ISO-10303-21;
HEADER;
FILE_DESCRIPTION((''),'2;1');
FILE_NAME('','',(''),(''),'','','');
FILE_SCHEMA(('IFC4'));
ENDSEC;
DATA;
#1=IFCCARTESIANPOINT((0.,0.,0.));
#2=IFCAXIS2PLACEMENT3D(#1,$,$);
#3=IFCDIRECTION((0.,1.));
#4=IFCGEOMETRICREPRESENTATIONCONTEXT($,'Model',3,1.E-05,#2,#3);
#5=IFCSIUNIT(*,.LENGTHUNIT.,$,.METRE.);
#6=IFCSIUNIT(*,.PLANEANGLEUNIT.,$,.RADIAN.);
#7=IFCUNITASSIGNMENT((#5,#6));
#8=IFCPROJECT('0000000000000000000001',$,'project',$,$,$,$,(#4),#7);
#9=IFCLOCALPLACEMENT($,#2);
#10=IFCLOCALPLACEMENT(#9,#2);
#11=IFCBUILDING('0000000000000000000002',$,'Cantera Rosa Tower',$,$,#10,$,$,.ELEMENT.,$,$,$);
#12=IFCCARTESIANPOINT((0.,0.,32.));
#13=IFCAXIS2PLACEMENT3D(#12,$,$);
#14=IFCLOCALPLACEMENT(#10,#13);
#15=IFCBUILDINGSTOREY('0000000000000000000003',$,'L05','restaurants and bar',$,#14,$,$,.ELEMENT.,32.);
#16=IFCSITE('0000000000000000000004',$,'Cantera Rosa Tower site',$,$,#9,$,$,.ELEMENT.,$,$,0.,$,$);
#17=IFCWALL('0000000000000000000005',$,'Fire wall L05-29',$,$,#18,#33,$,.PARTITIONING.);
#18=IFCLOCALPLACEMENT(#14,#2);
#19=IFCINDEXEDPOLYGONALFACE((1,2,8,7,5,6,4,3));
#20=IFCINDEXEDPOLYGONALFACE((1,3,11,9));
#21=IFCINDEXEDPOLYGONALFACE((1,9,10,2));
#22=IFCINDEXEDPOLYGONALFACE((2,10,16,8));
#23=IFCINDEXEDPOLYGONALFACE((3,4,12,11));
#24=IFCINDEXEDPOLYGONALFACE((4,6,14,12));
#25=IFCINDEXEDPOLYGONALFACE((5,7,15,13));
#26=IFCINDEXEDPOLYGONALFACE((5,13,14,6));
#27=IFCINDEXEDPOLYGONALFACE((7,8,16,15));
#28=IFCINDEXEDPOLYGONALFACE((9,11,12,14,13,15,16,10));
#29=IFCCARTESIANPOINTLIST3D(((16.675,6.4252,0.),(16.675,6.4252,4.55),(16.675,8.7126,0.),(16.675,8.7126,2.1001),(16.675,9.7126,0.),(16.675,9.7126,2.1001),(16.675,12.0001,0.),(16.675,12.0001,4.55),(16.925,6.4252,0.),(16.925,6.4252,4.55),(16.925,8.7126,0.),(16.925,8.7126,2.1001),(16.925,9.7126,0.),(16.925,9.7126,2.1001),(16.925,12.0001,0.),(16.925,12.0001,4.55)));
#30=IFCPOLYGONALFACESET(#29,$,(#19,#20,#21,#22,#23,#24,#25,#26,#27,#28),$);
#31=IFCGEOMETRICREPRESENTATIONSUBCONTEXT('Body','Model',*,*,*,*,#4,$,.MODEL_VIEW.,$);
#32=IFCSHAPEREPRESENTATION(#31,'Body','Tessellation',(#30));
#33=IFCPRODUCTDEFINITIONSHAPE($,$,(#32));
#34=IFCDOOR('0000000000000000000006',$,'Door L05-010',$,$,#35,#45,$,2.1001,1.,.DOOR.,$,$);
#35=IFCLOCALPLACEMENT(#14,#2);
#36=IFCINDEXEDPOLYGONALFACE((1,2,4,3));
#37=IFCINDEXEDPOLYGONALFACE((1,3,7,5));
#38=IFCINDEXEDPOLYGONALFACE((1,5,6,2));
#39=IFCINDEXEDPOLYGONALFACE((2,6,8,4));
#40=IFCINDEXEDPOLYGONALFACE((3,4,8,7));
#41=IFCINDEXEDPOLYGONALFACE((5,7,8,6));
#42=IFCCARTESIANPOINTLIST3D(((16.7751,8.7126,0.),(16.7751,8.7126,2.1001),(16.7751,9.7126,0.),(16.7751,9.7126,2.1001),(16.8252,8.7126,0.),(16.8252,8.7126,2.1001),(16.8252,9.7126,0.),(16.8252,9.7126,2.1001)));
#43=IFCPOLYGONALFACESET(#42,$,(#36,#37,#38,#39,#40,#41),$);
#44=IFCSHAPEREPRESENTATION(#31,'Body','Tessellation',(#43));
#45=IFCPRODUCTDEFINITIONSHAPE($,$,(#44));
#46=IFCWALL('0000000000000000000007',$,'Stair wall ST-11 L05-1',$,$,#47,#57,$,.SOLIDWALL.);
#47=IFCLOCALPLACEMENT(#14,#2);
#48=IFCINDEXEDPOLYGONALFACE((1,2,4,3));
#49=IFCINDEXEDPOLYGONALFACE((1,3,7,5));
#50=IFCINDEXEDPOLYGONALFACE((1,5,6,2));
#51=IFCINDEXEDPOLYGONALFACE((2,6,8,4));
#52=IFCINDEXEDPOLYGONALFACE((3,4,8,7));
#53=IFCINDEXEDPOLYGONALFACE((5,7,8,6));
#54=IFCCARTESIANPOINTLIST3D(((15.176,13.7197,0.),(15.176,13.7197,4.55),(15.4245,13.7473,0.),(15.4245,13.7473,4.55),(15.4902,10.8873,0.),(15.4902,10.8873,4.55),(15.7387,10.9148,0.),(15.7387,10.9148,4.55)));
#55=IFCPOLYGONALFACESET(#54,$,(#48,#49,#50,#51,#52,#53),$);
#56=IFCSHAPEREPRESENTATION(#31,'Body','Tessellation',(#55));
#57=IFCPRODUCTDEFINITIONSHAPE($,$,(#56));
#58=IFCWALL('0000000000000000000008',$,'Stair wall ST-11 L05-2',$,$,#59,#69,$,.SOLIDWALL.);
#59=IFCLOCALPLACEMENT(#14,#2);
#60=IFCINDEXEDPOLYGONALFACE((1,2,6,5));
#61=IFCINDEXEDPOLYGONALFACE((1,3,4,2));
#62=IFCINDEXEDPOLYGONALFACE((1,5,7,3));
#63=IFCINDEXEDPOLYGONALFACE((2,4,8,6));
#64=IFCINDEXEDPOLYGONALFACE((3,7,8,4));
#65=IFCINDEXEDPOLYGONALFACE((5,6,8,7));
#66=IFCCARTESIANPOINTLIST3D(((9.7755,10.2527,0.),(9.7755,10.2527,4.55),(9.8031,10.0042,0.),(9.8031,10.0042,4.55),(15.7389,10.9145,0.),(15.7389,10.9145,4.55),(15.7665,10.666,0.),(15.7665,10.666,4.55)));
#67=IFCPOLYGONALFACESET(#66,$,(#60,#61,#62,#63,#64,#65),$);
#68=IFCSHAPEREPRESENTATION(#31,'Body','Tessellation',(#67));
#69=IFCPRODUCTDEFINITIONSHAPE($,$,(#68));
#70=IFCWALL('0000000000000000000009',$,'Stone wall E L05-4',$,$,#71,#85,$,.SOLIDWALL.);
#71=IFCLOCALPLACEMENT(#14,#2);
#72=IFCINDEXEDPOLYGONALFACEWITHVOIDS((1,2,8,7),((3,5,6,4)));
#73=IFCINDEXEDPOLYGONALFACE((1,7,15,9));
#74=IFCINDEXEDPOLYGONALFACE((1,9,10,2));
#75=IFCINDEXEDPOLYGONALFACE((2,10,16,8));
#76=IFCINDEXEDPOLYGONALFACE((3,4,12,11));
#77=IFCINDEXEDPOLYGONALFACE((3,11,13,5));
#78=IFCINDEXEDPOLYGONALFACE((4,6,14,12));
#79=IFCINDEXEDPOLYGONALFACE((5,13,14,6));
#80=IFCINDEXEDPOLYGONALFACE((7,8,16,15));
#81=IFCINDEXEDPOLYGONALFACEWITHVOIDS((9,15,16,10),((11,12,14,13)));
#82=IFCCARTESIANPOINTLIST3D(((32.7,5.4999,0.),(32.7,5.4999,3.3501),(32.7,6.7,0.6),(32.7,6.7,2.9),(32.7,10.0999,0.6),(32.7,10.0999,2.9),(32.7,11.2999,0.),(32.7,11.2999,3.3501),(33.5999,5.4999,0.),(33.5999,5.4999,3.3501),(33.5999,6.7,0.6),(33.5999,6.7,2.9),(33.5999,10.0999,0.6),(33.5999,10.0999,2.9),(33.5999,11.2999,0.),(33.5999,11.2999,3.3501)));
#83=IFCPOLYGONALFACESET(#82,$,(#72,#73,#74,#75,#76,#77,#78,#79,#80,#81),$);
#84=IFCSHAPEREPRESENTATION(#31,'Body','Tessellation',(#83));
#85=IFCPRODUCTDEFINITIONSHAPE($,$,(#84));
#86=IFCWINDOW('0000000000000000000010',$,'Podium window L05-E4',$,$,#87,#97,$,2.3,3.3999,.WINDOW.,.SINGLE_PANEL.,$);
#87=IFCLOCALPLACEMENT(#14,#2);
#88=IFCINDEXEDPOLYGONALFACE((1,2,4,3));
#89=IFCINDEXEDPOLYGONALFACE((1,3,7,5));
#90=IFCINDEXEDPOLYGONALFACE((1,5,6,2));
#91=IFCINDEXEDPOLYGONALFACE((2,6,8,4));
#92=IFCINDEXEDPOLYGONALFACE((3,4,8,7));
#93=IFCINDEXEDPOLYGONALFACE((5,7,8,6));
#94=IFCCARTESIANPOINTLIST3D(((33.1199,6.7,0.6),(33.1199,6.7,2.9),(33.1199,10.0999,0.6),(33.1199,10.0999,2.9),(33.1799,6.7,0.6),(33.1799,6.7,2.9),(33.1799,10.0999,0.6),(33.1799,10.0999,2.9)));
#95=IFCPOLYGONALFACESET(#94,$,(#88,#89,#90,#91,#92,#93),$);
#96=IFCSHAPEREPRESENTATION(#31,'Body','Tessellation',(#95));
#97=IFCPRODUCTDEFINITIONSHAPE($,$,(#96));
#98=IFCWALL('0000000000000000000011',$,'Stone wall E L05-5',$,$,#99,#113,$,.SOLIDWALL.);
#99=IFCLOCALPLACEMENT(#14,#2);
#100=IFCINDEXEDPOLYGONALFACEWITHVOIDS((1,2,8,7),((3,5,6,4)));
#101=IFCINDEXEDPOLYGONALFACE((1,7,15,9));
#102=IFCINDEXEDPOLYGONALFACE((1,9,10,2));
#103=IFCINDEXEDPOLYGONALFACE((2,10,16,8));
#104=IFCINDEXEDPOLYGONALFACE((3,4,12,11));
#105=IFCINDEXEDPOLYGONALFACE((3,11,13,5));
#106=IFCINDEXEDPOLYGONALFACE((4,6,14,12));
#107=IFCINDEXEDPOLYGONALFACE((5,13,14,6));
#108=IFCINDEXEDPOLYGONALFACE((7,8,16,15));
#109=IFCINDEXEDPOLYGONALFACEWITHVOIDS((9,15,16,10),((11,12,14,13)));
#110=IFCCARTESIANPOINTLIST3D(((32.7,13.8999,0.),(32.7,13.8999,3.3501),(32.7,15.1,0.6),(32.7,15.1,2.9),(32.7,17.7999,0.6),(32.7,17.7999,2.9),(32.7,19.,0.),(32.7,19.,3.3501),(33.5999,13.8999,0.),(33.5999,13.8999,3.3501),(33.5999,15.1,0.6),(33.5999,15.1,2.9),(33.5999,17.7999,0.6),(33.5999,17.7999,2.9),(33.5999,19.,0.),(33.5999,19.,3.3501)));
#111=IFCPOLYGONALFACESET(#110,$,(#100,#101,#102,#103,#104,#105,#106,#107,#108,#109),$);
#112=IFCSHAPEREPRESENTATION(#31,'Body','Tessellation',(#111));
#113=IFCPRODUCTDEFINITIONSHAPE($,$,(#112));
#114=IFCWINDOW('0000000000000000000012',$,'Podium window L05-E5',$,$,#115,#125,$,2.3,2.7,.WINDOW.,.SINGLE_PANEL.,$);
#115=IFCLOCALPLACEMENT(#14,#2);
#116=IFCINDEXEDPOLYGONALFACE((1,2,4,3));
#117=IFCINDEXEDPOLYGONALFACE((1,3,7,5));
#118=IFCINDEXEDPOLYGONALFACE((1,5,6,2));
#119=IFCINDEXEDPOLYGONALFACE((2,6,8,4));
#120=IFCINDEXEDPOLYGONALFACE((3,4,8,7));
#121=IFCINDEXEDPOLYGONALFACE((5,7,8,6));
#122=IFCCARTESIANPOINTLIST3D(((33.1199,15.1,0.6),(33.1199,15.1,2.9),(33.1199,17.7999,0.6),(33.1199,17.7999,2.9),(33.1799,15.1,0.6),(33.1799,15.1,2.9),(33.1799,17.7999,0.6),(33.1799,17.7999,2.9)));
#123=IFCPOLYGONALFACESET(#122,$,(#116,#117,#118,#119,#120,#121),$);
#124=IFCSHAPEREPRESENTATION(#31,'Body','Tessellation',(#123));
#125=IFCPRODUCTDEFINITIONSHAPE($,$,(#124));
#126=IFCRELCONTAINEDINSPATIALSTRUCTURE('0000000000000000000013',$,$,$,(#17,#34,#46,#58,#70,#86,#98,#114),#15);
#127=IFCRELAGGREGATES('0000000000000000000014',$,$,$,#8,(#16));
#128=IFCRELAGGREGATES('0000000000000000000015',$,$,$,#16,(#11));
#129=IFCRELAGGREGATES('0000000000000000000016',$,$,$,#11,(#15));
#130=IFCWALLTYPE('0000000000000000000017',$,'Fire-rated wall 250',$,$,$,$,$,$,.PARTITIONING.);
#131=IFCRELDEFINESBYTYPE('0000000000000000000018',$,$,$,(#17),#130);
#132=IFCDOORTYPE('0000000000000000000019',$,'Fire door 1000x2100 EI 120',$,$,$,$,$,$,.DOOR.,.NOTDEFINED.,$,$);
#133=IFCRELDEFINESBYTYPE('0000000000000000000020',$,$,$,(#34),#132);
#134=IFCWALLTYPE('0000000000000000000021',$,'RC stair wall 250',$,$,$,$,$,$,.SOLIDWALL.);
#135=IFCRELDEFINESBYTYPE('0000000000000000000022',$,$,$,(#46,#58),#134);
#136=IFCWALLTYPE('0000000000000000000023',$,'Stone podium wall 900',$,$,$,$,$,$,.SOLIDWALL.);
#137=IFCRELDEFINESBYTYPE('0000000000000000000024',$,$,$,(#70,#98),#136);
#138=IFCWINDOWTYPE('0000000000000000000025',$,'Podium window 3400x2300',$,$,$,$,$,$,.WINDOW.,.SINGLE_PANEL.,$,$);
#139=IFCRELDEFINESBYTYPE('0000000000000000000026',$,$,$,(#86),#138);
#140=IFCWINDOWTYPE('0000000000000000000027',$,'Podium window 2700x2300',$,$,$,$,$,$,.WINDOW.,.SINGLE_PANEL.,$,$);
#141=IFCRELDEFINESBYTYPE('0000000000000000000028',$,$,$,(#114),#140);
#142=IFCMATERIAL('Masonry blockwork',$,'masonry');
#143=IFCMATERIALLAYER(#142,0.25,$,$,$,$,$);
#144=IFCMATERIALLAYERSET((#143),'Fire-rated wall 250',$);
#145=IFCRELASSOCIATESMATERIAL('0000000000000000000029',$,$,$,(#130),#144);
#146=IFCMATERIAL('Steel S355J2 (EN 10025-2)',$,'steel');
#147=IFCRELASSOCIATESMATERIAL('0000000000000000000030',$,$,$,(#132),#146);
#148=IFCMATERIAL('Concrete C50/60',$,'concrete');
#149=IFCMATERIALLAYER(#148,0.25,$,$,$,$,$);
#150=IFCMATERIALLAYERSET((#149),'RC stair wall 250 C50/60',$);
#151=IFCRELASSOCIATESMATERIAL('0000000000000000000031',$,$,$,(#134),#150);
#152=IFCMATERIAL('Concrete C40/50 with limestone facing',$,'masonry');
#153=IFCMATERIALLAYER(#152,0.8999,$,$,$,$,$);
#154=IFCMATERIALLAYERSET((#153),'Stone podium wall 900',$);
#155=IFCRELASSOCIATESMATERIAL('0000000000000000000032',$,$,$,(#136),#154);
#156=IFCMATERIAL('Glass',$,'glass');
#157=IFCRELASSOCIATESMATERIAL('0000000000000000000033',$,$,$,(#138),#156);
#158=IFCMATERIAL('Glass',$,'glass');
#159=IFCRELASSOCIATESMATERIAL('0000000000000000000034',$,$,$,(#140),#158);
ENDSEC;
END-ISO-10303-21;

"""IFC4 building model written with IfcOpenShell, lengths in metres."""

from ifc_helpers import new_model, si_unit, direction, frame, frame_2d, origin, place, context, subcontext, project, spatial, rectangle, extrude, material, layer, layer_set, type_object, element, fill, save


model = new_model("IFC4")

# Units and contexts
model_context = context("Model", 3, precision=1e-05, world=origin(), true_north=direction((0.0, 1.0)))
body_context = subcontext(model_context, "Body", "Model", "MODEL_VIEW")
ifc_project = project(units=[si_unit("LENGTHUNIT", "METRE"), si_unit("PLANEANGLEUNIT", "RADIAN")], contexts=[model_context])

# Site, building, storey
site_placement = place(None, origin())
site = spatial("IfcSite", under=ifc_project, at=site_placement, Name="Cantera Rosa Tower site", CompositionType="ELEMENT", RefElevation=0.0)
building_placement = place(site_placement, origin())
building = spatial("IfcBuilding", under=site, at=building_placement, Name="Cantera Rosa Tower", CompositionType="ELEMENT")
storey_placement = place(building_placement, frame((0.0, 0.0, 32.0)))
storey = spatial("IfcBuildingStorey", under=building, at=storey_placement, Name="L05", Description="restaurants and bar", CompositionType="ELEMENT", Elevation=32.0)

# Shared definitions
ifc_material_1 = material(Name="Masonry blockwork", Category="masonry")
ifc_layer_1 = layer(ifc_material_1, 0.25)
ifc_layer_set_1 = layer_set([ifc_layer_1], Name="Fire-rated wall 250")
wall_type_1 = type_object("IfcWallType", Name="Fire-rated wall 250", PredefinedType="PARTITIONING", material=ifc_layer_set_1)

# Wall, opening, door
wall_1_placement = place(storey_placement, frame((16.8, 6.425, 0.0), z_axis=(0.0, 0.0, 1.0), x_axis=(0.0, 1.0, 0.0)))
wall_1 = element("IfcWall", 1, at=wall_1_placement, inside=storey, type_object=wall_type_1, Name="Fire wall L05-29", PredefinedType="PARTITIONING", context=body_context, shape_type="SweptSolid", body=[
    extrude(rectangle(XDim=5.575, YDim=0.25, at=frame_2d((2.7876, 0.0))), origin(), (0.0, 0.0, 1.0), 4.55),
])
opening_1_placement = place(wall_1_placement, frame((2.2876, 0.0, 0.0)))
opening_1 = element("IfcOpeningElement", 2, at=opening_1_placement, cuts=wall_1, PredefinedType="OPENING", context=body_context, shape_type="SweptSolid", body=[
    extrude(rectangle(XDim=1.0, YDim=2.1001, at=frame_2d((0.5, 1.05))), frame((0.0, 0.135, 0.0), z_axis=(0.0, -1.0, 0.0), x_axis=(1.0, 0.0, 0.0)), (0.0, 0.0, 1.0), 0.27),
])
ifc_material_2 = material(Name="Steel S355J2 (EN 10025-2)", Category="steel")
door_type_1 = type_object("IfcDoorType", Name="Fire door 1000x2100 EI 120", OperationType="NOTDEFINED", PredefinedType="DOOR", material=ifc_material_2)
door_1_placement = place(opening_1_placement, origin())
door_1 = element("IfcDoor", 3, at=door_1_placement, inside=storey, type_object=door_type_1, Name="Door L05-010", OverallHeight=2.1001, OverallWidth=1.0, PredefinedType="DOOR", context=body_context, shape_type="SweptSolid", body=[
    extrude(rectangle(XDim=1.0, YDim=2.1001, at=frame_2d((0.5, 1.05))), frame((0.0, 0.0249, 0.0), z_axis=(0.0, -1.0, 0.0), x_axis=(1.0, 0.0, 0.0)), (0.0, 0.0, 1.0), 0.05),
])
fill(opening_1, door_1)

# Walls
ifc_material_3 = material(Name="Concrete C50/60", Category="concrete")
ifc_layer_2 = layer(ifc_material_3, 0.25)
ifc_layer_set_2 = layer_set([ifc_layer_2], Name="RC stair wall 250 C50/60")
wall_type_2 = type_object("IfcWallType", Name="RC stair wall 250", PredefinedType="SOLIDWALL", material=ifc_layer_set_2)
wall_2_placement = place(storey_placement, frame((15.3003, 13.7334, 0.0), z_axis=(0.0, 0.0, 1.0), x_axis=(0.110253, -0.993904, 0.0)))
element("IfcWall", 4, at=wall_2_placement, inside=storey, type_object=wall_type_2, Name="Stair wall ST-11 L05-1", PredefinedType="SOLIDWALL", context=body_context, shape_type="SweptSolid", body=[
    extrude(rectangle(XDim=2.8499, YDim=0.25, at=frame_2d((1.4248, 0.0))), origin(), (0.0, 0.0, 1.0), 4.55),
])
wall_3_placement = place(storey_placement, frame((15.7527, 10.7903, 0.0), z_axis=(0.0, 0.0, 1.0), x_axis=(-0.993897, -0.110311, 0.0)))
element("IfcWall", 5, at=wall_3_placement, inside=storey, type_object=wall_type_2, Name="Stair wall ST-11 L05-2", PredefinedType="SOLIDWALL", context=body_context, shape_type="SweptSolid", body=[
    extrude(rectangle(XDim=6.0, YDim=0.25, at=frame_2d((3.0, 0.0))), origin(), (0.0, 0.0, 1.0), 4.55),
])

# Walls, openings, windows
ifc_material_4 = material(Name="Concrete C40/50 with limestone facing", Category="masonry")
ifc_layer_3 = layer(ifc_material_4, 0.8999)
ifc_layer_set_3 = layer_set([ifc_layer_3], Name="Stone podium wall 900")
wall_type_3 = type_object("IfcWallType", Name="Stone podium wall 900", PredefinedType="SOLIDWALL", material=ifc_layer_set_3)
wall_4_placement = place(storey_placement, frame((33.1499, 5.5, 0.0), z_axis=(0.0, 0.0, 1.0), x_axis=(0.0, 1.0, 0.0)))
wall_4 = element("IfcWall", 6, at=wall_4_placement, inside=storey, type_object=wall_type_3, Name="Stone wall E L05-4", PredefinedType="SOLIDWALL", context=body_context, shape_type="SweptSolid", body=[
    extrude(rectangle(XDim=5.8, YDim=0.8999, at=frame_2d((2.8999, 0.0))), origin(), (0.0, 0.0, 1.0), 3.3501),
])
opening_2_placement = place(wall_4_placement, frame((1.2, 0.0, 0.6001)))
opening_2 = element("IfcOpeningElement", 7, at=opening_2_placement, cuts=wall_4, PredefinedType="OPENING", context=body_context, shape_type="SweptSolid", body=[
    extrude(rectangle(XDim=3.3999, YDim=2.3, at=frame_2d((1.7, 1.1499))), frame((0.0, 0.46, 0.0), z_axis=(0.0, -1.0, 0.0), x_axis=(1.0, 0.0, 0.0)), (0.0, 0.0, 1.0), 0.9199),
])
ifc_material_5 = material(Name="Glass", Category="glass")
window_type_1 = type_object("IfcWindowType", Name="Podium window 3400x2300", PartitioningType="SINGLE_PANEL", PredefinedType="WINDOW", material=ifc_material_5)
window_1_placement = place(opening_2_placement, origin())
window_1 = element("IfcWindow", 8, at=window_1_placement, inside=storey, type_object=window_type_1, Name="Podium window L05-E4", OverallHeight=2.3, OverallWidth=3.3999, PartitioningType="SINGLE_PANEL", PredefinedType="WINDOW", context=body_context, shape_type="SweptSolid", body=[
    extrude(rectangle(XDim=3.3999, YDim=2.3, at=frame_2d((1.7, 1.1499))), frame((0.0, 0.03, 0.0), z_axis=(0.0, -1.0, 0.0), x_axis=(1.0, 0.0, 0.0)), (0.0, 0.0, 1.0), 0.0601),
])
fill(opening_2, window_1)
wall_5_placement = place(storey_placement, frame((33.1499, 13.8999, 0.0), z_axis=(0.0, 0.0, 1.0), x_axis=(0.0, 1.0, 0.0)))
wall_5 = element("IfcWall", 9, at=wall_5_placement, inside=storey, type_object=wall_type_3, Name="Stone wall E L05-5", PredefinedType="SOLIDWALL", context=body_context, shape_type="SweptSolid", body=[
    extrude(rectangle(XDim=5.1001, YDim=0.8999, at=frame_2d((2.55, 0.0))), origin(), (0.0, 0.0, 1.0), 3.3501),
])
opening_3_placement = place(wall_5_placement, frame((1.2, 0.0, 0.6001)))
opening_3 = element("IfcOpeningElement", 10, at=opening_3_placement, cuts=wall_5, PredefinedType="OPENING", context=body_context, shape_type="SweptSolid", body=[
    extrude(rectangle(XDim=2.7, YDim=2.3, at=frame_2d((1.3501, 1.1499))), frame((0.0, 0.46, 0.0), z_axis=(0.0, -1.0, 0.0), x_axis=(1.0, 0.0, 0.0)), (0.0, 0.0, 1.0), 0.9199),
])
ifc_material_6 = material(Name="Glass", Category="glass")
window_type_2 = type_object("IfcWindowType", Name="Podium window 2700x2300", PartitioningType="SINGLE_PANEL", PredefinedType="WINDOW", material=ifc_material_6)
window_2_placement = place(opening_3_placement, origin())
window_2 = element("IfcWindow", 11, at=window_2_placement, inside=storey, type_object=window_type_2, Name="Podium window L05-E5", OverallHeight=2.3, OverallWidth=2.7, PartitioningType="SINGLE_PANEL", PredefinedType="WINDOW", context=body_context, shape_type="SweptSolid", body=[
    extrude(rectangle(XDim=2.7, YDim=2.3, at=frame_2d((1.3501, 1.1499))), frame((0.0, 0.03, 0.0), z_axis=(0.0, -1.0, 0.0), x_axis=(1.0, 0.0, 0.0)), (0.0, 0.0, 1.0), 0.0601),
])
fill(opening_3, window_2)

save(model, "model.ifc")
